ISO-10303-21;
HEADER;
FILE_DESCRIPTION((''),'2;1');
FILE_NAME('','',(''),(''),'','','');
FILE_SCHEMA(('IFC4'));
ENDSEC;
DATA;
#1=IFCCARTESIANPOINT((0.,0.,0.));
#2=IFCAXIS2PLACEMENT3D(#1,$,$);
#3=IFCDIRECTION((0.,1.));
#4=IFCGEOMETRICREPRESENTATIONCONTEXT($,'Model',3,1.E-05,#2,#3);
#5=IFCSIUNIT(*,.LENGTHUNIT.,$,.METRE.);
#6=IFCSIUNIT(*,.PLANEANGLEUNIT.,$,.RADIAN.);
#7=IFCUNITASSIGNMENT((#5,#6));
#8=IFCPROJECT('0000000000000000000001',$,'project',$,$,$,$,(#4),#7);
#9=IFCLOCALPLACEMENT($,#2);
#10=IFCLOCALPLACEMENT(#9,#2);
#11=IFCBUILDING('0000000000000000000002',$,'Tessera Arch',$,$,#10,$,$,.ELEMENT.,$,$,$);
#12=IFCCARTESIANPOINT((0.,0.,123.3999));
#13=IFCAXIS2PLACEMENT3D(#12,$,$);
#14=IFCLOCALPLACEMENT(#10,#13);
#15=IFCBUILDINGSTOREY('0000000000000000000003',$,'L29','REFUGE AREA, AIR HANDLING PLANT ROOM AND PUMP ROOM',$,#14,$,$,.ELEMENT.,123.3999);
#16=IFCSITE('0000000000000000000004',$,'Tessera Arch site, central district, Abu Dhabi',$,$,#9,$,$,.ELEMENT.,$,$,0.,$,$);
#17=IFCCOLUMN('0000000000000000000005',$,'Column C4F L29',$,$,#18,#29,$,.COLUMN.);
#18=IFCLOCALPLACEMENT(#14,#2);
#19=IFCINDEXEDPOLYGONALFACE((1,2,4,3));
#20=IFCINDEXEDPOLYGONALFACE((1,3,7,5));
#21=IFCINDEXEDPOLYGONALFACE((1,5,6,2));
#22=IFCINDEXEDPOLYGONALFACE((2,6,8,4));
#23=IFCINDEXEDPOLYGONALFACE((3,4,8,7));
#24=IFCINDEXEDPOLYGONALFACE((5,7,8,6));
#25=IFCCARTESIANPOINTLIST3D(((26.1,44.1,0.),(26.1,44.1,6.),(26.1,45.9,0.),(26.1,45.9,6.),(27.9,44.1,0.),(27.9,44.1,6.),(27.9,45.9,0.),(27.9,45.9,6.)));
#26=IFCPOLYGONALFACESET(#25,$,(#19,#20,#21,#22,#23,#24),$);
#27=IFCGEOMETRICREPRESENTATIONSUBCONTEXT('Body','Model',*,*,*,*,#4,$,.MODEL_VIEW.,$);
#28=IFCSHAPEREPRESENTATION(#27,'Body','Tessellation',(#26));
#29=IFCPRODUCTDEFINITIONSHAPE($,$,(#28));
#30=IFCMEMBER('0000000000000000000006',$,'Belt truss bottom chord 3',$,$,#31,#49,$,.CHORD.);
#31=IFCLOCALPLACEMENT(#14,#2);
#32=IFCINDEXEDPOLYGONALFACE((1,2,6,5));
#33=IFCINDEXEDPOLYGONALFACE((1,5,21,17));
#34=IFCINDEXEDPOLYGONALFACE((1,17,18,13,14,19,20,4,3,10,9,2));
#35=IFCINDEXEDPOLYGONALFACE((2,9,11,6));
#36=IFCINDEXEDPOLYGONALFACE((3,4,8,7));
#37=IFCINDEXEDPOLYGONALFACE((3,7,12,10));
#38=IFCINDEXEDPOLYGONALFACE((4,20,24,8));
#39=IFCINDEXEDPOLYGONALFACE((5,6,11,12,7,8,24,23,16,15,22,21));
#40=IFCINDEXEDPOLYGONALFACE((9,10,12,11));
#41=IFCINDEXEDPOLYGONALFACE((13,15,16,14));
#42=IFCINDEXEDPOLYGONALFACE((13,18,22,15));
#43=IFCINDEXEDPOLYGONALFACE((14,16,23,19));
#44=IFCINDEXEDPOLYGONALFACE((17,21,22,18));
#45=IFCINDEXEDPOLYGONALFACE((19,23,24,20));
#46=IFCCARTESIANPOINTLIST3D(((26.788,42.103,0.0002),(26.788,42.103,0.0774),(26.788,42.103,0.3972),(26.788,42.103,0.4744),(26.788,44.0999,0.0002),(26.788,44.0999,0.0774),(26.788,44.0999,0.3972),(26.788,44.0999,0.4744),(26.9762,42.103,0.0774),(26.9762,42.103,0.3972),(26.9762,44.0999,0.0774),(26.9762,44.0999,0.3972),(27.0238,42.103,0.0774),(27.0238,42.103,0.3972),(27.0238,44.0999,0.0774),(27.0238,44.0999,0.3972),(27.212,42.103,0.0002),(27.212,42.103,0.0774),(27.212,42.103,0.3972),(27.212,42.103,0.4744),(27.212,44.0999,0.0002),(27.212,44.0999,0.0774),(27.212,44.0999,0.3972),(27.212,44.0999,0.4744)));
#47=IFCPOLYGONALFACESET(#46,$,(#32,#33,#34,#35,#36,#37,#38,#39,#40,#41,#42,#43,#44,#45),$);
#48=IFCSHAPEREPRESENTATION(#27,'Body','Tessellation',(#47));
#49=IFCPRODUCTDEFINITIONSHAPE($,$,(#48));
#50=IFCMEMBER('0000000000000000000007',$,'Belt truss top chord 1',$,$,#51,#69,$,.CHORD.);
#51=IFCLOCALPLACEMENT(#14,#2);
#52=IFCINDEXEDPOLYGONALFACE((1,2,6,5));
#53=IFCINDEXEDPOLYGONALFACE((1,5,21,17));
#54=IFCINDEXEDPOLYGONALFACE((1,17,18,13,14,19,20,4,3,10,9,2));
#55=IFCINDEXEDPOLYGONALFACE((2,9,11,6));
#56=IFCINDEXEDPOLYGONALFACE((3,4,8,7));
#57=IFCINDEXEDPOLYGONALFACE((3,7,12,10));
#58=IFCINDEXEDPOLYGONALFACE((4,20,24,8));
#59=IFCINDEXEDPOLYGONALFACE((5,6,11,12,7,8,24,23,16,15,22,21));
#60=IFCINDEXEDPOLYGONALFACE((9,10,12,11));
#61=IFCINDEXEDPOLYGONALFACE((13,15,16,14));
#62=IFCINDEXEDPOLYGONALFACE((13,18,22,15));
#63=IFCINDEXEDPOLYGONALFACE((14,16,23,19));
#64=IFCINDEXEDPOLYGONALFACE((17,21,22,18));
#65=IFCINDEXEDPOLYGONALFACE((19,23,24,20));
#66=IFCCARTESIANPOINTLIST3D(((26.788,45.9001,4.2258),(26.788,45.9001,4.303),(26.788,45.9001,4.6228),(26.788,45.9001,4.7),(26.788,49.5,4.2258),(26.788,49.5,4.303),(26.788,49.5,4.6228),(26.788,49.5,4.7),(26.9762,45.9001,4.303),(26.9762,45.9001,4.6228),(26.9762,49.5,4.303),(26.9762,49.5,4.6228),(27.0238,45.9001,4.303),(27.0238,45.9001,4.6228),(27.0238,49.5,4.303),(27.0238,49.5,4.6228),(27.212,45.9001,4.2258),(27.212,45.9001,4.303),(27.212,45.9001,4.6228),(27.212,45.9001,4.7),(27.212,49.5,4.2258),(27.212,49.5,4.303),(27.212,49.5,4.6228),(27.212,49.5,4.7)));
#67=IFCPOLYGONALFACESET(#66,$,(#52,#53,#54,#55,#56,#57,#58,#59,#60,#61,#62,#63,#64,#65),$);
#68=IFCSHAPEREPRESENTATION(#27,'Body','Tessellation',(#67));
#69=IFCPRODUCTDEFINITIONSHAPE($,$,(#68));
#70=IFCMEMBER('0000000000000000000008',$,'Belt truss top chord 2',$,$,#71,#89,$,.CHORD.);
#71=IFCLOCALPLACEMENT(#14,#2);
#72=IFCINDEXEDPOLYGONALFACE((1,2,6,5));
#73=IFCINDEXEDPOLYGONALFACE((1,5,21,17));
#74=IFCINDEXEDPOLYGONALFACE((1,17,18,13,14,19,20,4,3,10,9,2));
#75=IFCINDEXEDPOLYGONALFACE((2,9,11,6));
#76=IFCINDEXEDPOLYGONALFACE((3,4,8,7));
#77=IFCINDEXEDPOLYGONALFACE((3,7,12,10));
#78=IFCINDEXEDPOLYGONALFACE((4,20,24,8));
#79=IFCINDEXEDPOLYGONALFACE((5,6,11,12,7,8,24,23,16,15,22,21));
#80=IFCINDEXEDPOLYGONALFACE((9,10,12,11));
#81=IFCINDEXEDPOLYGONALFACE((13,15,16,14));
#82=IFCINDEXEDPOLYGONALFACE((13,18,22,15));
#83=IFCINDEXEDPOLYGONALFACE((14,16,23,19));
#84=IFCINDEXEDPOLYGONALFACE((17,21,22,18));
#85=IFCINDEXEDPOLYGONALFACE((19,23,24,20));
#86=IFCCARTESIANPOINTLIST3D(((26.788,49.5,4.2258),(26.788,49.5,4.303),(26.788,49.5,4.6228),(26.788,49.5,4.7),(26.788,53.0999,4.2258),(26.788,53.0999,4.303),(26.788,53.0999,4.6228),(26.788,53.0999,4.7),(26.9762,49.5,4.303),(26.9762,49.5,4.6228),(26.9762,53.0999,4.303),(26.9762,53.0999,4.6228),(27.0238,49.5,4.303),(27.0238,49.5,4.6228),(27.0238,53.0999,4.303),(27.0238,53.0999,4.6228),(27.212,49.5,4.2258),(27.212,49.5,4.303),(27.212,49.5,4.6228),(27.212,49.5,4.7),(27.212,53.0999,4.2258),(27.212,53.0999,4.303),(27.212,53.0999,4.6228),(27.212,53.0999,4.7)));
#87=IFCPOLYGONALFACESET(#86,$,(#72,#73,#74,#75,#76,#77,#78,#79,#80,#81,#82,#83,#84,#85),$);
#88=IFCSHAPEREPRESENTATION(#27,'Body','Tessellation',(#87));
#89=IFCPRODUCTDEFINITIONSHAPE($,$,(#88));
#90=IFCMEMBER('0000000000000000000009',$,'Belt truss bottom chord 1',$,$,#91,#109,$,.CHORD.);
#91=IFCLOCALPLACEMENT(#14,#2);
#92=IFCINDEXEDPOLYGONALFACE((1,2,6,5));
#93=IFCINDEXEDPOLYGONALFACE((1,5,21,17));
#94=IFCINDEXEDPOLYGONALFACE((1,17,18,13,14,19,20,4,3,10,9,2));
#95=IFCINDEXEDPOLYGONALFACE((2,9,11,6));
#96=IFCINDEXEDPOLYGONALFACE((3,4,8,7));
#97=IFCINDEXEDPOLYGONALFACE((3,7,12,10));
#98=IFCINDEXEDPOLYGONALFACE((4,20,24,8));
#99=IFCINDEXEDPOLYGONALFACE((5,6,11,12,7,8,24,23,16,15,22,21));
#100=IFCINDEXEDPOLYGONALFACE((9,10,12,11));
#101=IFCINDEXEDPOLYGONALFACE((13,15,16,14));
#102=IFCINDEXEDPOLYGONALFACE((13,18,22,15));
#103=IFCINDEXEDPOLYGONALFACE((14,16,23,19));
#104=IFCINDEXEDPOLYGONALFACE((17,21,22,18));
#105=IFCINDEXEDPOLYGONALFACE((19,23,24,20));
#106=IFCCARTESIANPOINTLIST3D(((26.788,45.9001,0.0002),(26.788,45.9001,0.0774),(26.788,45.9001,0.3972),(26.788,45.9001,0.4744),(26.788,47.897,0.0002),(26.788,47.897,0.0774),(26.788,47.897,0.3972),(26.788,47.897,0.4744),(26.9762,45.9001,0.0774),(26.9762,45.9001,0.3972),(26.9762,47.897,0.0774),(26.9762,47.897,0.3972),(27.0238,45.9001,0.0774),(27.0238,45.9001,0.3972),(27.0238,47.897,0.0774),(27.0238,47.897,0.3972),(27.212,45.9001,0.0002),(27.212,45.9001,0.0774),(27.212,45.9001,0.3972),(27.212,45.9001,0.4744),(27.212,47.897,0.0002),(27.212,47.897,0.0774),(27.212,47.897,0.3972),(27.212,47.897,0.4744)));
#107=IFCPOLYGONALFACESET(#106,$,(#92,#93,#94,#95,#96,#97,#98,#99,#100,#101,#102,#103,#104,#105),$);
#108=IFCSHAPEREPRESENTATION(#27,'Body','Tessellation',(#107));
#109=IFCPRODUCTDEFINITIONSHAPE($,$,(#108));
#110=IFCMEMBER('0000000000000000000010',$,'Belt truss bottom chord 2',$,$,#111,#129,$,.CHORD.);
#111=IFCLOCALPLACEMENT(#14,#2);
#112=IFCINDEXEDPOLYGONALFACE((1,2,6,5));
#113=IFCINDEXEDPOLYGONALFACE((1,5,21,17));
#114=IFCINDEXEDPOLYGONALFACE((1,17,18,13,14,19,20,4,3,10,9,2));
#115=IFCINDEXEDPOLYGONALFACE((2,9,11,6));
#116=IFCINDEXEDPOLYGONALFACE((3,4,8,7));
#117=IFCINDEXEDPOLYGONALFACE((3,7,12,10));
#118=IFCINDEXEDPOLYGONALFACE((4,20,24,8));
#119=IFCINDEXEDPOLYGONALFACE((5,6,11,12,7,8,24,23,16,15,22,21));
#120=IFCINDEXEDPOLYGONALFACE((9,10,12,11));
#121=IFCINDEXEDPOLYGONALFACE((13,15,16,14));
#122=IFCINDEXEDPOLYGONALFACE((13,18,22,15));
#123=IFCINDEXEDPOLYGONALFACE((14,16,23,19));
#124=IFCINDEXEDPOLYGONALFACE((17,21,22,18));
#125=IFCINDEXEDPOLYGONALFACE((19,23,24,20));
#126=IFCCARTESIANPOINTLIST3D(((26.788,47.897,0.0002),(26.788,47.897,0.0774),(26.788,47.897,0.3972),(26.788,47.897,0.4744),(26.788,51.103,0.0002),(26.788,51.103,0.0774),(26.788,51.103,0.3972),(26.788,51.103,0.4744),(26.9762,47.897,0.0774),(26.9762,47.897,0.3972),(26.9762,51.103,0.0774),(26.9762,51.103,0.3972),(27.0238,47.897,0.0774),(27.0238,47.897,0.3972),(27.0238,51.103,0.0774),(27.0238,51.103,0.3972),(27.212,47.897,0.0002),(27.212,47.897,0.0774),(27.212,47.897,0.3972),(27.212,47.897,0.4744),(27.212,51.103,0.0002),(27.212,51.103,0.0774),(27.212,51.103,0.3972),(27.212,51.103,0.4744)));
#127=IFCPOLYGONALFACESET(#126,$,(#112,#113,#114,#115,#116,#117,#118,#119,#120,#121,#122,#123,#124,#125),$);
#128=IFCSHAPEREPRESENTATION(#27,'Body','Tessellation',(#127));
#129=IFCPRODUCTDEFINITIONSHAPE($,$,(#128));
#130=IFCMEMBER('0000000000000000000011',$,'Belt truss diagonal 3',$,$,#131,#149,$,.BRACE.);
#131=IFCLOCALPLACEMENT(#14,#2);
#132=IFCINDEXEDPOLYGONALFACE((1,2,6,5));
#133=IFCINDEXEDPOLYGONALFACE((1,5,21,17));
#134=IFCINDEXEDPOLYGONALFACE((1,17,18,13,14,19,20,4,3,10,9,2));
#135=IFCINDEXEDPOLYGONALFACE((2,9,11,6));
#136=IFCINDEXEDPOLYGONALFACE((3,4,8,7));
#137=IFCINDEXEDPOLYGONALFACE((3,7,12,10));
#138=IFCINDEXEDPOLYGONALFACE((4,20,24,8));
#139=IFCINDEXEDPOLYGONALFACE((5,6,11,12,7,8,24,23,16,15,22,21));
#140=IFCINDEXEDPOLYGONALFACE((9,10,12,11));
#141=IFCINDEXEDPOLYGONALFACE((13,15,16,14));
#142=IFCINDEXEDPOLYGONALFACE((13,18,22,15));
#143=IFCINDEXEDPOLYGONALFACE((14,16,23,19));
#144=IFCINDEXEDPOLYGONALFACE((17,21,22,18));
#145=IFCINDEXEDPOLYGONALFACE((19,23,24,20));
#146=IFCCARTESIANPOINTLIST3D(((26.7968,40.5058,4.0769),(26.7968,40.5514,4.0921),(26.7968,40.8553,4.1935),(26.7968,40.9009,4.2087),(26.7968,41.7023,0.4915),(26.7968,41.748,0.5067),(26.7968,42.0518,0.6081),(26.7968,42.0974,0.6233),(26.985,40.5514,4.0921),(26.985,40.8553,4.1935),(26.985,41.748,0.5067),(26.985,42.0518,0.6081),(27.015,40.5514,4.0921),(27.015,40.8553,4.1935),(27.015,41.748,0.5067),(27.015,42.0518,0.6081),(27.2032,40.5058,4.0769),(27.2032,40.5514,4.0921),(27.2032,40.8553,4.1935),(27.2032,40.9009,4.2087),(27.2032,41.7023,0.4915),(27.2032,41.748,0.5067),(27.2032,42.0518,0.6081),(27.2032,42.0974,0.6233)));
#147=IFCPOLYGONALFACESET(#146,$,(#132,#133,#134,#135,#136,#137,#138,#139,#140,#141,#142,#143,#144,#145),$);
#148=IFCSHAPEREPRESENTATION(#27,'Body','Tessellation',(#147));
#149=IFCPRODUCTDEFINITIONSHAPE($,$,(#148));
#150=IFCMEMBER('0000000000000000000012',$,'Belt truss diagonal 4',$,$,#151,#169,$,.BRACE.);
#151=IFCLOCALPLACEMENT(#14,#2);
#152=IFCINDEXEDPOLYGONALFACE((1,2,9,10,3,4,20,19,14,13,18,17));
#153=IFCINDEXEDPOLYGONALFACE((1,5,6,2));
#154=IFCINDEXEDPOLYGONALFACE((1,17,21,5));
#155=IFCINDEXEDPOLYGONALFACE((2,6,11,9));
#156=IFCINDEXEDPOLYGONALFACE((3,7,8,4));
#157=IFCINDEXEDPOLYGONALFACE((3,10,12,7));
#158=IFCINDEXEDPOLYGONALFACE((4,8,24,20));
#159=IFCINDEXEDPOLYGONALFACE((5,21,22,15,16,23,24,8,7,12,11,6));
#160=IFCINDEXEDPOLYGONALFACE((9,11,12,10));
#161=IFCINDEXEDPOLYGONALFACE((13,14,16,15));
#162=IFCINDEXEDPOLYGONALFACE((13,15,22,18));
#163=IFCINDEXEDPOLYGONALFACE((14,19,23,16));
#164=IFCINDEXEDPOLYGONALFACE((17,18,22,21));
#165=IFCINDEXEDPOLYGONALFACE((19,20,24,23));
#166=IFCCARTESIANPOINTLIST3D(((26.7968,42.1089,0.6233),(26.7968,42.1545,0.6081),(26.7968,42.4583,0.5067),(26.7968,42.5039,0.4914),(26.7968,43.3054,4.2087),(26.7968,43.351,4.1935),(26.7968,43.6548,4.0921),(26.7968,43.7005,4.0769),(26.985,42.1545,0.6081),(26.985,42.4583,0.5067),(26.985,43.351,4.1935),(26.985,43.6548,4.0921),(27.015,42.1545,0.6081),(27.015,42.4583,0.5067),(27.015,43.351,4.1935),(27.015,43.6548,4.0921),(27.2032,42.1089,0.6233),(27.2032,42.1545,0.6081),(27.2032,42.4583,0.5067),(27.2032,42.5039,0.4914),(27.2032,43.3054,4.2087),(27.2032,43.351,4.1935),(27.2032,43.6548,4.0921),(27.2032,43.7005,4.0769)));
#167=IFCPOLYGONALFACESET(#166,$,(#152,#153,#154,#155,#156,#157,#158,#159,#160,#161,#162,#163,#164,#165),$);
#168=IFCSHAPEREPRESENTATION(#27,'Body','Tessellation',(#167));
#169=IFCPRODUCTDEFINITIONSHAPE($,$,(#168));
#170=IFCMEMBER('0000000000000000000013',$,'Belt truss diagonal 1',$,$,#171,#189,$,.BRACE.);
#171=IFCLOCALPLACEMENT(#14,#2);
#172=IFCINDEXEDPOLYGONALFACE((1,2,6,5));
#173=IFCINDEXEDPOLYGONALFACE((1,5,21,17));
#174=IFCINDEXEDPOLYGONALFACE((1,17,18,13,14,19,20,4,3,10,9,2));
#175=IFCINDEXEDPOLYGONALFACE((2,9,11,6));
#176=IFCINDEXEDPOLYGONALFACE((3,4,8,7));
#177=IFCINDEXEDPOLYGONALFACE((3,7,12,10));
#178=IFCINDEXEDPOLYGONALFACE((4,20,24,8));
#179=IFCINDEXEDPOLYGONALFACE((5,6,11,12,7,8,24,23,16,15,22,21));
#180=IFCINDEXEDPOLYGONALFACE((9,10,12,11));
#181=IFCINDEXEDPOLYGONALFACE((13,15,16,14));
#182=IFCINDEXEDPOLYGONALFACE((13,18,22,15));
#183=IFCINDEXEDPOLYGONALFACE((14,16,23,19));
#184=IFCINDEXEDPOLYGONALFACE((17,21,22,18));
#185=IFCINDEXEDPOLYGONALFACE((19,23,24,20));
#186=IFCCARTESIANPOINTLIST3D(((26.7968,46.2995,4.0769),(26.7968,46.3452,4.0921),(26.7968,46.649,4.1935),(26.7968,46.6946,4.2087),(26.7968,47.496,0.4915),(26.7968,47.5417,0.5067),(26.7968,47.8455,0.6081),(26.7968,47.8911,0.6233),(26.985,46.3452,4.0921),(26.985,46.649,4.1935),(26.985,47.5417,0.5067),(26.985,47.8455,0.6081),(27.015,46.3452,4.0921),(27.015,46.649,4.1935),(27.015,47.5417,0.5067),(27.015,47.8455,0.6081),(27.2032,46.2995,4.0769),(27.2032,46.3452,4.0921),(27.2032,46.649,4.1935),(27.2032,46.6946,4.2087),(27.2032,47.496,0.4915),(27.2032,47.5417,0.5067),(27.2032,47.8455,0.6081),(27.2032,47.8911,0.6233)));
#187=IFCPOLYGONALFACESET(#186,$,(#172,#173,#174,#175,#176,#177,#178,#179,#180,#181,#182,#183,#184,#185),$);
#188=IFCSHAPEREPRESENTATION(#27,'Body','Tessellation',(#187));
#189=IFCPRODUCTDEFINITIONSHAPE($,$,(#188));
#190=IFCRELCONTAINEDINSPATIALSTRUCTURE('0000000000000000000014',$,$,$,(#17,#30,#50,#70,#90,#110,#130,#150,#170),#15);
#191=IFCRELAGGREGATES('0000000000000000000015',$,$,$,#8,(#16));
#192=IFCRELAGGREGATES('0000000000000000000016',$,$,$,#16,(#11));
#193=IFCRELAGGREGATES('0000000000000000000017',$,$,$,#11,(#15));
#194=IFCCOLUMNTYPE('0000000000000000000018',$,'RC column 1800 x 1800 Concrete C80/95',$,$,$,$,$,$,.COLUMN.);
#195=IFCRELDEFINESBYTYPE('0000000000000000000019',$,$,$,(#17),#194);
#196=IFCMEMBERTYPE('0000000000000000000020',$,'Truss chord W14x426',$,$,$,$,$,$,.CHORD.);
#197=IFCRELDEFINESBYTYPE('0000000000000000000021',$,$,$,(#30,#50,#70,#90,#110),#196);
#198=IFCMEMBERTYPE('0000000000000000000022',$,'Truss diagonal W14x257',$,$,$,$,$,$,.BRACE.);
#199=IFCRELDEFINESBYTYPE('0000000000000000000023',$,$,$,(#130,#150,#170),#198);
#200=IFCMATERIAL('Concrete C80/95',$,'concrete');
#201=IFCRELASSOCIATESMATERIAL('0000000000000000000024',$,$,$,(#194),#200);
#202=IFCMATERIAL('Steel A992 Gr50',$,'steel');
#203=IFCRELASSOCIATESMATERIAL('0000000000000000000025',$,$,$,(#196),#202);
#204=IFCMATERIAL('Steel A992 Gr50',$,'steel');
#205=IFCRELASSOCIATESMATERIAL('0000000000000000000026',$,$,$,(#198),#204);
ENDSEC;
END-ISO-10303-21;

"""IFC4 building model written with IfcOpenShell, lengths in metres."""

from ifc_helpers import new_model, si_unit, direction, frame, origin, origin_2d, place, context, subcontext, project, spatial, rectangle, i_section, extrude, material, material_profile, profile_set, type_object, element, save


model = new_model("IFC4")

# Units and contexts
model_context = context("Model", 3, precision=1e-05, world=origin(), true_north=direction((0.0, 1.0)))
body_context = subcontext(model_context, "Body", "Model", "MODEL_VIEW")
ifc_project = project(units=[si_unit("LENGTHUNIT", "METRE"), si_unit("PLANEANGLEUNIT", "RADIAN")], contexts=[model_context])

# Site, building, storey
site_placement = place(None, origin())
site = spatial("IfcSite", under=ifc_project, at=site_placement, Name="Tessera Arch site, central district, Abu Dhabi", CompositionType="ELEMENT", RefElevation=0.0)
building_placement = place(site_placement, origin())
building = spatial("IfcBuilding", under=site, at=building_placement, Name="Tessera Arch", CompositionType="ELEMENT")
storey_placement = place(building_placement, frame((0.0, 0.0, 123.3999)))
storey = spatial("IfcBuildingStorey", under=building, at=storey_placement, Name="L29", Description="REFUGE AREA, AIR HANDLING PLANT ROOM AND PUMP ROOM", CompositionType="ELEMENT", Elevation=123.3999)

# Column
ifc_material_1 = material(Name="Concrete C80/95", Category="concrete")
ifc_material_profile_1 = material_profile(ifc_material_1, rectangle(XDim=1.8, YDim=1.8, at=origin_2d()), Name="RC column 1800 x 1800 Concrete C80/95")
ifc_profile_set_1 = profile_set([ifc_material_profile_1], Name="Concrete C80/95")
column_type = type_object("IfcColumnType", Name="RC column 1800 x 1800 Concrete C80/95", PredefinedType="COLUMN", material=ifc_profile_set_1)
column_placement = place(storey_placement, frame((27.0, 45.0, 0.0), z_axis=(0.0, 0.0, 1.0), x_axis=(1.0, 0.0, 0.0)))
element("IfcColumn", 1, at=column_placement, inside=storey, type_object=column_type, Name="Column C4F L29", PredefinedType="COLUMN", context=body_context, shape_type="SweptSolid", body=[
    extrude(rectangle(XDim=1.8, YDim=1.8, at=origin_2d()), origin(), (0.0, 0.0, 1.0), 6.0),
])

# Members
ifc_material_2 = material(Name="Steel A992 Gr50", Category="steel")
ifc_material_profile_2 = material_profile(ifc_material_2, i_section(OverallWidth=0.4241, OverallDepth=0.4741, WebThickness=0.0476, FlangeThickness=0.0771, at=origin_2d()), Name="W14x426")
ifc_profile_set_2 = profile_set([ifc_material_profile_2], Name="Steel A992 Gr50")
member_type_1 = type_object("IfcMemberType", Name="Truss chord W14x426", PredefinedType="CHORD", material=ifc_profile_set_2)
member_1_placement = place(storey_placement, frame((27.0, 42.103, 0.2373), z_axis=(0.0, 1.0, 0.0), x_axis=(-1.0, 0.0, 0.0)))
element("IfcMember", 2, at=member_1_placement, inside=storey, type_object=member_type_1, Name="Belt truss bottom chord 3", PredefinedType="CHORD", context=body_context, shape_type="SweptSolid", body=[
    extrude(i_section(OverallWidth=0.4241, OverallDepth=0.4741, WebThickness=0.0476, FlangeThickness=0.0771, at=origin_2d()), origin(), (0.0, 0.0, 1.0), 1.9968),
])
for number, where, z_axis, x_axis, name in (
    (3, (27.0, 45.9001, 4.4629), (0.0, 1.0, 0.0), (-1.0, 0.0, 0.0), "Belt truss top chord 1"),
    (4, (27.0, 49.5, 4.4629), (0.0, 1.0, 0.0), (-1.0, 0.0, 0.0), "Belt truss top chord 2"),
):
    element("IfcMember", number, at=place(storey_placement, frame(where, z_axis=z_axis, x_axis=x_axis)), inside=storey, type_object=member_type_1, Name=name, PredefinedType="CHORD", context=body_context, shape_type="SweptSolid", body=[
        extrude(i_section(OverallWidth=0.4241, OverallDepth=0.4741, WebThickness=0.0476, FlangeThickness=0.0771, at=origin_2d()), origin(), (0.0, 0.0, 1.0), 3.5999),
    ])
member_2_placement = place(storey_placement, frame((27.0, 45.9001, 0.2373), z_axis=(0.0, 1.0, 0.0), x_axis=(-1.0, 0.0, 0.0)))
element("IfcMember", 5, at=member_2_placement, inside=storey, type_object=member_type_1, Name="Belt truss bottom chord 1", PredefinedType="CHORD", context=body_context, shape_type="SweptSolid", body=[
    extrude(i_section(OverallWidth=0.4241, OverallDepth=0.4741, WebThickness=0.0476, FlangeThickness=0.0771, at=origin_2d()), origin(), (0.0, 0.0, 1.0), 1.9968),
])
member_3_placement = place(storey_placement, frame((27.0, 47.897, 0.2373), z_axis=(0.0, 1.0, 0.0), x_axis=(-1.0, 0.0, 0.0)))
element("IfcMember", 6, at=member_3_placement, inside=storey, type_object=member_type_1, Name="Belt truss bottom chord 2", PredefinedType="CHORD", context=body_context, shape_type="SweptSolid", body=[
    extrude(i_section(OverallWidth=0.4241, OverallDepth=0.4741, WebThickness=0.0476, FlangeThickness=0.0771, at=origin_2d()), origin(), (0.0, 0.0, 1.0), 3.2061),
])
ifc_material_3 = material(Name="Steel A992 Gr50", Category="steel")
ifc_material_profile_3 = material_profile(ifc_material_3, i_section(OverallWidth=0.4065, OverallDepth=0.4165, WebThickness=0.03, FlangeThickness=0.0481, at=origin_2d()), Name="W14x257")
ifc_profile_set_3 = profile_set([ifc_material_profile_3], Name="Steel A992 Gr50")
member_type_2 = type_object("IfcMemberType", Name="Truss diagonal W14x257", PredefinedType="BRACE", material=ifc_profile_set_3)
for number, where, z_axis, x_axis, name in (
    (7, (27.0, 40.7034, 4.1428), (0.0, 0.316557, -0.948573), (-1.0, 0.0, 0.0), "Belt truss diagonal 3"),
    (8, (27.0, 42.3064, 0.5574), (0.0, 0.316557, 0.948573), (-1.0, 0.0, 0.0), "Belt truss diagonal 4"),
    (9, (27.0, 46.4971, 4.1428), (0.0, 0.316557, -0.948573), (-1.0, 0.0, 0.0), "Belt truss diagonal 1"),
):
    element("IfcMember", number, at=place(storey_placement, frame(where, z_axis=z_axis, x_axis=x_axis)), inside=storey, type_object=member_type_2, Name=name, PredefinedType="BRACE", context=body_context, shape_type="SweptSolid", body=[
        extrude(i_section(OverallWidth=0.4065, OverallDepth=0.4165, WebThickness=0.03, FlangeThickness=0.0481, at=origin_2d()), origin(), (0.0, 0.0, 1.0), 3.7798),
    ])

save(model, "model.ifc")
